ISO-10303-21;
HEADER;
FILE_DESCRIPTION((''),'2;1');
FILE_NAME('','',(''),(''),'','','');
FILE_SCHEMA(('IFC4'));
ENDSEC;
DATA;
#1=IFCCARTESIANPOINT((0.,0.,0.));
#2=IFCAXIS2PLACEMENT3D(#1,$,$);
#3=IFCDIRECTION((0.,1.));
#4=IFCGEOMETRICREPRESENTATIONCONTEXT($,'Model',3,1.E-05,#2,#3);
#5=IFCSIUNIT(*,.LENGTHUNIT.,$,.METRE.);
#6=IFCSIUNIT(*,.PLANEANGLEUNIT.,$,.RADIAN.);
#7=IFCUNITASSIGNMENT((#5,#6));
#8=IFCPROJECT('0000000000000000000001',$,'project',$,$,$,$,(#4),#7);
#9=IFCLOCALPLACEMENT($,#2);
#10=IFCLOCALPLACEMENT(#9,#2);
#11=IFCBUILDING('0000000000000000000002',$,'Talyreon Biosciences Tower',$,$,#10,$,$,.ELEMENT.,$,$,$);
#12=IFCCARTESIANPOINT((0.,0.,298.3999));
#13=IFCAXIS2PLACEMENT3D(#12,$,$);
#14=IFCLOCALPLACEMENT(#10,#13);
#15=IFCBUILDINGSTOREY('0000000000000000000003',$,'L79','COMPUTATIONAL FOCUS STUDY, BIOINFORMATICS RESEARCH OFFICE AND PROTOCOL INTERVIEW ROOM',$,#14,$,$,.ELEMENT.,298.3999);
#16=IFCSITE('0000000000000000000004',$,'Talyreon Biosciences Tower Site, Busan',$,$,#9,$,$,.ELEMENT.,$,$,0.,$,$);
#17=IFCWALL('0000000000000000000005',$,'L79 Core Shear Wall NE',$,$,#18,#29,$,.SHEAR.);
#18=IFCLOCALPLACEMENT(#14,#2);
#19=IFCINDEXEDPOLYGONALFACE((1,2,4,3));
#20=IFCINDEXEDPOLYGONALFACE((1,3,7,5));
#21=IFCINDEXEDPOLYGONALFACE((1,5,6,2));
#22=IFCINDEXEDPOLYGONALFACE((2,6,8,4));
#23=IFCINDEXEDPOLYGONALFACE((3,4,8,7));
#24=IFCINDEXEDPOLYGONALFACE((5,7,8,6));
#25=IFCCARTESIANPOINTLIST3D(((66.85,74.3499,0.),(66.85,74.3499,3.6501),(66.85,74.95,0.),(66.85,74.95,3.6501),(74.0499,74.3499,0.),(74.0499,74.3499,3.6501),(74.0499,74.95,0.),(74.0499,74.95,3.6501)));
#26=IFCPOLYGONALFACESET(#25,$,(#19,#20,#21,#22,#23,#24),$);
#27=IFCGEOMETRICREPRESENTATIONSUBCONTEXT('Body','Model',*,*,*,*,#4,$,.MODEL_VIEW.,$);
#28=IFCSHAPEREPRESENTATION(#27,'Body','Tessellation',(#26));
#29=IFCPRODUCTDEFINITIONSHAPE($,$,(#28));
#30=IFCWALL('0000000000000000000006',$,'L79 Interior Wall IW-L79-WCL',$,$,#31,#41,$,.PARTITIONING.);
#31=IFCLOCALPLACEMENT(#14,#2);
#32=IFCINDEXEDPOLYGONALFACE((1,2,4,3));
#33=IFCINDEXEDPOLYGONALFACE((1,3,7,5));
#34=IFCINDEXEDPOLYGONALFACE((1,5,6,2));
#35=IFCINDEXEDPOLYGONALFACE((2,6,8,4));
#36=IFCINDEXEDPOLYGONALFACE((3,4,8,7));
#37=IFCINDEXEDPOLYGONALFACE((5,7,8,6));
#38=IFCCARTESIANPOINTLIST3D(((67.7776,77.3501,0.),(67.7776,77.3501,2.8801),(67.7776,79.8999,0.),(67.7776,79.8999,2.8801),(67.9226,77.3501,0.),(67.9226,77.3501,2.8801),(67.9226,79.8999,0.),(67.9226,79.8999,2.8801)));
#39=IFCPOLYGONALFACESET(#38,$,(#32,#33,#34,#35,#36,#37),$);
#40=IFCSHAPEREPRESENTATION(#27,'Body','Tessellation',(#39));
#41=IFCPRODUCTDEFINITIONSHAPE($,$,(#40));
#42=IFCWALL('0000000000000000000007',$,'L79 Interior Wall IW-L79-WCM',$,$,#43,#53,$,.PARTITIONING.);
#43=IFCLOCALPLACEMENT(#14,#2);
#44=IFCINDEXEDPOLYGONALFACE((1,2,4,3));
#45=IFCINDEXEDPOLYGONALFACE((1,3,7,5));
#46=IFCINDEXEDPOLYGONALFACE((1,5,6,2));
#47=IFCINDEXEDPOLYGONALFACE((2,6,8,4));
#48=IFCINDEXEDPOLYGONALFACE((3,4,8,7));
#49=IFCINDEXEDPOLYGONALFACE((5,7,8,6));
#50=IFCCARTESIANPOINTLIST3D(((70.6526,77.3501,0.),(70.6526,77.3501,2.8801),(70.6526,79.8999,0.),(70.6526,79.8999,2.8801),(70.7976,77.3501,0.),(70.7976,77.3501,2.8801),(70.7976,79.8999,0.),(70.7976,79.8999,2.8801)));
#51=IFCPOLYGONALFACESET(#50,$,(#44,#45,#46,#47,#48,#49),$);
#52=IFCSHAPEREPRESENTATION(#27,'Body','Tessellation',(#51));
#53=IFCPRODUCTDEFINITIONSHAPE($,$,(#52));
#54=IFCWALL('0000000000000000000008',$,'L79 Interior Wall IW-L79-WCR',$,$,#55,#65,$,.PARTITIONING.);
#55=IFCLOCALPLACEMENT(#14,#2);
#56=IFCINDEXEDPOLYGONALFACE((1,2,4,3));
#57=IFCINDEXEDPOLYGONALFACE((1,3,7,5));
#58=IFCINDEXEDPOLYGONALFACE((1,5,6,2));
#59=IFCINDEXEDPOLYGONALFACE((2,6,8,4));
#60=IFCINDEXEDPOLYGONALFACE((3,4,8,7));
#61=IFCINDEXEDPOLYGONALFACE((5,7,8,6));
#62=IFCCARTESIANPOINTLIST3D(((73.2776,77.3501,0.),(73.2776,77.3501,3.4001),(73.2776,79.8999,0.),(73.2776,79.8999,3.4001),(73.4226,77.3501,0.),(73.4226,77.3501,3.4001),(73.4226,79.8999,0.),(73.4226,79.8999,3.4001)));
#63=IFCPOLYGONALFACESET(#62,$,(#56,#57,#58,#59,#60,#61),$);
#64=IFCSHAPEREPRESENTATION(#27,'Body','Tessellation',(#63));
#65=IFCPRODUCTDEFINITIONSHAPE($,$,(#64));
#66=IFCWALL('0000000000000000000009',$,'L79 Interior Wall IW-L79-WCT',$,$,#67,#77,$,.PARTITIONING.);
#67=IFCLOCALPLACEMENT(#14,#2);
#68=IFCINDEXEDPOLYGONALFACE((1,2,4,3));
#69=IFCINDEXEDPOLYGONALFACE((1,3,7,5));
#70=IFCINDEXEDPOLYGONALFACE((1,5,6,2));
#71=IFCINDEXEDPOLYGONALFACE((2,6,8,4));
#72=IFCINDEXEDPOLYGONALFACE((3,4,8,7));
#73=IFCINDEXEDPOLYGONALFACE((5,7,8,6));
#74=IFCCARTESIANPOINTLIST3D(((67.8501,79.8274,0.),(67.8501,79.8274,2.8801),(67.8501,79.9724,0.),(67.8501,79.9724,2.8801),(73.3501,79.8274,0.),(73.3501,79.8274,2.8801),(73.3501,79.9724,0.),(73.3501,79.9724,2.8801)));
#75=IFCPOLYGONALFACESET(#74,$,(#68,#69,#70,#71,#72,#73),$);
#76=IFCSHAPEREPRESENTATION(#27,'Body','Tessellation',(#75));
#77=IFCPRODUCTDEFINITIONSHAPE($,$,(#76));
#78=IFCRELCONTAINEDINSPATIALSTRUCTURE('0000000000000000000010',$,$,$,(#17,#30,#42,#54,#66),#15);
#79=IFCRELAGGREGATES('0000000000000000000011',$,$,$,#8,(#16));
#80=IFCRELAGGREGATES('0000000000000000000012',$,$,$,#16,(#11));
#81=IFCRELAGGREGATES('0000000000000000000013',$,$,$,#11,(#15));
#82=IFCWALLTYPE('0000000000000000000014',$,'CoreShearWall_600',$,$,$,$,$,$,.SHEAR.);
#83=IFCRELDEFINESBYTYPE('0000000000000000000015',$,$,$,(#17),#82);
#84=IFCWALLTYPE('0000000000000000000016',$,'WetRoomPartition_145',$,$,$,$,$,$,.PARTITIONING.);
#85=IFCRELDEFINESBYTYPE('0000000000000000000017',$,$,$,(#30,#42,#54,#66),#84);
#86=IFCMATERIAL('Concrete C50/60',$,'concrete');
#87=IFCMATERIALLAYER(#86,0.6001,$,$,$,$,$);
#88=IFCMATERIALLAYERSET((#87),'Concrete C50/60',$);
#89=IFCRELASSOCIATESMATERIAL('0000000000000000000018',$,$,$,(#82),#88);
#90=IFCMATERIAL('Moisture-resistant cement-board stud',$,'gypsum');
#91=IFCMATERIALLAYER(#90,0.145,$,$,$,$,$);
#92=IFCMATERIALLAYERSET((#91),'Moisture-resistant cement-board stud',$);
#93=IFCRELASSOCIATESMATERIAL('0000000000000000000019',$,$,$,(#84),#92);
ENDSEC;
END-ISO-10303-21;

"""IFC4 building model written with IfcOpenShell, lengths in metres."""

from ifc_helpers import new_model, si_unit, direction, frame, frame_2d, origin, place, context, subcontext, project, spatial, rectangle, extrude, material, layer, layer_set, type_object, element, save


model = new_model("IFC4")

# Units and contexts
model_context = context("Model", 3, precision=1e-05, world=origin(), true_north=direction((0.0, 1.0)))
body_context = subcontext(model_context, "Body", "Model", "MODEL_VIEW")
ifc_project = project(units=[si_unit("LENGTHUNIT", "METRE"), si_unit("PLANEANGLEUNIT", "RADIAN")], contexts=[model_context])

# Site, building, storey
site_placement = place(None, origin())
site = spatial("IfcSite", under=ifc_project, at=site_placement, Name="Talyreon Biosciences Tower Site, Busan", CompositionType="ELEMENT", RefElevation=0.0)
building_placement = place(site_placement, origin())
building = spatial("IfcBuilding", under=site, at=building_placement, Name="Talyreon Biosciences Tower", CompositionType="ELEMENT")
storey_placement = place(building_placement, frame((0.0, 0.0, 298.3999)))
storey = spatial("IfcBuildingStorey", under=building, at=storey_placement, Name="L79", Description="COMPUTATIONAL FOCUS STUDY, BIOINFORMATICS RESEARCH OFFICE AND PROTOCOL INTERVIEW ROOM", CompositionType="ELEMENT", Elevation=298.3999)

# Shared definitions
ifc_material_1 = material(Name="Concrete C50/60", Category="concrete")

# Walls
ifc_layer_1 = layer(ifc_material_1, 0.6001)
ifc_layer_set_1 = layer_set([ifc_layer_1], Name="Concrete C50/60")
wall_type_1 = type_object("IfcWallType", Name="CoreShearWall_600", PredefinedType="SHEAR", material=ifc_layer_set_1)
wall_1_placement = place(storey_placement, frame((74.05, 74.6499, 0.0), z_axis=(0.0, 0.0, 1.0), x_axis=(-1.0, 0.0, 0.0)))
element("IfcWall", 1, at=wall_1_placement, inside=storey, type_object=wall_type_1, Name="L79 Core Shear Wall NE", PredefinedType="SHEAR", context=body_context, shape_type="SweptSolid", body=[
    extrude(rectangle(XDim=7.2, YDim=0.6001, at=frame_2d((3.6001, 0.0))), origin(), (0.0, 0.0, 1.0), 3.6501),
])
ifc_material_2 = material(Name="Moisture-resistant cement-board stud", Category="gypsum")
ifc_layer_2 = layer(ifc_material_2, 0.145)
ifc_layer_set_2 = layer_set([ifc_layer_2], Name="Moisture-resistant cement-board stud")
wall_type_2 = type_object("IfcWallType", Name="WetRoomPartition_145", PredefinedType="PARTITIONING", material=ifc_layer_set_2)
for number, where, z_axis, x_axis, name in (
    (2, (67.8501, 77.3501, 0.0), (0.0, 0.0, 1.0), (0.0, 1.0, 0.0), "L79 Interior Wall IW-L79-WCL"),
    (3, (70.7251, 77.3501, 0.0), (0.0, 0.0, 1.0), (0.0, 1.0, 0.0), "L79 Interior Wall IW-L79-WCM"),
):
    element("IfcWall", number, at=place(storey_placement, frame(where, z_axis=z_axis, x_axis=x_axis)), inside=storey, type_object=wall_type_2, Name=name, PredefinedType="PARTITIONING", context=body_context, shape_type="SweptSolid", body=[
        extrude(rectangle(XDim=2.5498, YDim=0.145, at=frame_2d((1.2749, 0.0))), origin(), (0.0, 0.0, 1.0), 2.8801),
    ])
wall_2_placement = place(storey_placement, frame((73.3501, 77.3501, 0.0), z_axis=(0.0, 0.0, 1.0), x_axis=(0.0, 1.0, 0.0)))
element("IfcWall", 4, at=wall_2_placement, inside=storey, type_object=wall_type_2, Name="L79 Interior Wall IW-L79-WCR", PredefinedType="PARTITIONING", context=body_context, shape_type="SweptSolid", body=[
    extrude(rectangle(XDim=2.5498, YDim=0.145, at=frame_2d((1.2749, 0.0))), origin(), (0.0, 0.0, 1.0), 3.4001),
])
wall_3_placement = place(storey_placement, frame((67.8501, 79.8999, 0.0), z_axis=(0.0, 0.0, 1.0), x_axis=(1.0, 0.0, 0.0)))
element("IfcWall", 5, at=wall_3_placement, inside=storey, type_object=wall_type_2, Name="L79 Interior Wall IW-L79-WCT", PredefinedType="PARTITIONING", context=body_context, shape_type="SweptSolid", body=[
    extrude(rectangle(XDim=5.5, YDim=0.145, at=frame_2d((2.75, 0.0))), origin(), (0.0, 0.0, 1.0), 2.8801),
])

save(model, "model.ifc")
